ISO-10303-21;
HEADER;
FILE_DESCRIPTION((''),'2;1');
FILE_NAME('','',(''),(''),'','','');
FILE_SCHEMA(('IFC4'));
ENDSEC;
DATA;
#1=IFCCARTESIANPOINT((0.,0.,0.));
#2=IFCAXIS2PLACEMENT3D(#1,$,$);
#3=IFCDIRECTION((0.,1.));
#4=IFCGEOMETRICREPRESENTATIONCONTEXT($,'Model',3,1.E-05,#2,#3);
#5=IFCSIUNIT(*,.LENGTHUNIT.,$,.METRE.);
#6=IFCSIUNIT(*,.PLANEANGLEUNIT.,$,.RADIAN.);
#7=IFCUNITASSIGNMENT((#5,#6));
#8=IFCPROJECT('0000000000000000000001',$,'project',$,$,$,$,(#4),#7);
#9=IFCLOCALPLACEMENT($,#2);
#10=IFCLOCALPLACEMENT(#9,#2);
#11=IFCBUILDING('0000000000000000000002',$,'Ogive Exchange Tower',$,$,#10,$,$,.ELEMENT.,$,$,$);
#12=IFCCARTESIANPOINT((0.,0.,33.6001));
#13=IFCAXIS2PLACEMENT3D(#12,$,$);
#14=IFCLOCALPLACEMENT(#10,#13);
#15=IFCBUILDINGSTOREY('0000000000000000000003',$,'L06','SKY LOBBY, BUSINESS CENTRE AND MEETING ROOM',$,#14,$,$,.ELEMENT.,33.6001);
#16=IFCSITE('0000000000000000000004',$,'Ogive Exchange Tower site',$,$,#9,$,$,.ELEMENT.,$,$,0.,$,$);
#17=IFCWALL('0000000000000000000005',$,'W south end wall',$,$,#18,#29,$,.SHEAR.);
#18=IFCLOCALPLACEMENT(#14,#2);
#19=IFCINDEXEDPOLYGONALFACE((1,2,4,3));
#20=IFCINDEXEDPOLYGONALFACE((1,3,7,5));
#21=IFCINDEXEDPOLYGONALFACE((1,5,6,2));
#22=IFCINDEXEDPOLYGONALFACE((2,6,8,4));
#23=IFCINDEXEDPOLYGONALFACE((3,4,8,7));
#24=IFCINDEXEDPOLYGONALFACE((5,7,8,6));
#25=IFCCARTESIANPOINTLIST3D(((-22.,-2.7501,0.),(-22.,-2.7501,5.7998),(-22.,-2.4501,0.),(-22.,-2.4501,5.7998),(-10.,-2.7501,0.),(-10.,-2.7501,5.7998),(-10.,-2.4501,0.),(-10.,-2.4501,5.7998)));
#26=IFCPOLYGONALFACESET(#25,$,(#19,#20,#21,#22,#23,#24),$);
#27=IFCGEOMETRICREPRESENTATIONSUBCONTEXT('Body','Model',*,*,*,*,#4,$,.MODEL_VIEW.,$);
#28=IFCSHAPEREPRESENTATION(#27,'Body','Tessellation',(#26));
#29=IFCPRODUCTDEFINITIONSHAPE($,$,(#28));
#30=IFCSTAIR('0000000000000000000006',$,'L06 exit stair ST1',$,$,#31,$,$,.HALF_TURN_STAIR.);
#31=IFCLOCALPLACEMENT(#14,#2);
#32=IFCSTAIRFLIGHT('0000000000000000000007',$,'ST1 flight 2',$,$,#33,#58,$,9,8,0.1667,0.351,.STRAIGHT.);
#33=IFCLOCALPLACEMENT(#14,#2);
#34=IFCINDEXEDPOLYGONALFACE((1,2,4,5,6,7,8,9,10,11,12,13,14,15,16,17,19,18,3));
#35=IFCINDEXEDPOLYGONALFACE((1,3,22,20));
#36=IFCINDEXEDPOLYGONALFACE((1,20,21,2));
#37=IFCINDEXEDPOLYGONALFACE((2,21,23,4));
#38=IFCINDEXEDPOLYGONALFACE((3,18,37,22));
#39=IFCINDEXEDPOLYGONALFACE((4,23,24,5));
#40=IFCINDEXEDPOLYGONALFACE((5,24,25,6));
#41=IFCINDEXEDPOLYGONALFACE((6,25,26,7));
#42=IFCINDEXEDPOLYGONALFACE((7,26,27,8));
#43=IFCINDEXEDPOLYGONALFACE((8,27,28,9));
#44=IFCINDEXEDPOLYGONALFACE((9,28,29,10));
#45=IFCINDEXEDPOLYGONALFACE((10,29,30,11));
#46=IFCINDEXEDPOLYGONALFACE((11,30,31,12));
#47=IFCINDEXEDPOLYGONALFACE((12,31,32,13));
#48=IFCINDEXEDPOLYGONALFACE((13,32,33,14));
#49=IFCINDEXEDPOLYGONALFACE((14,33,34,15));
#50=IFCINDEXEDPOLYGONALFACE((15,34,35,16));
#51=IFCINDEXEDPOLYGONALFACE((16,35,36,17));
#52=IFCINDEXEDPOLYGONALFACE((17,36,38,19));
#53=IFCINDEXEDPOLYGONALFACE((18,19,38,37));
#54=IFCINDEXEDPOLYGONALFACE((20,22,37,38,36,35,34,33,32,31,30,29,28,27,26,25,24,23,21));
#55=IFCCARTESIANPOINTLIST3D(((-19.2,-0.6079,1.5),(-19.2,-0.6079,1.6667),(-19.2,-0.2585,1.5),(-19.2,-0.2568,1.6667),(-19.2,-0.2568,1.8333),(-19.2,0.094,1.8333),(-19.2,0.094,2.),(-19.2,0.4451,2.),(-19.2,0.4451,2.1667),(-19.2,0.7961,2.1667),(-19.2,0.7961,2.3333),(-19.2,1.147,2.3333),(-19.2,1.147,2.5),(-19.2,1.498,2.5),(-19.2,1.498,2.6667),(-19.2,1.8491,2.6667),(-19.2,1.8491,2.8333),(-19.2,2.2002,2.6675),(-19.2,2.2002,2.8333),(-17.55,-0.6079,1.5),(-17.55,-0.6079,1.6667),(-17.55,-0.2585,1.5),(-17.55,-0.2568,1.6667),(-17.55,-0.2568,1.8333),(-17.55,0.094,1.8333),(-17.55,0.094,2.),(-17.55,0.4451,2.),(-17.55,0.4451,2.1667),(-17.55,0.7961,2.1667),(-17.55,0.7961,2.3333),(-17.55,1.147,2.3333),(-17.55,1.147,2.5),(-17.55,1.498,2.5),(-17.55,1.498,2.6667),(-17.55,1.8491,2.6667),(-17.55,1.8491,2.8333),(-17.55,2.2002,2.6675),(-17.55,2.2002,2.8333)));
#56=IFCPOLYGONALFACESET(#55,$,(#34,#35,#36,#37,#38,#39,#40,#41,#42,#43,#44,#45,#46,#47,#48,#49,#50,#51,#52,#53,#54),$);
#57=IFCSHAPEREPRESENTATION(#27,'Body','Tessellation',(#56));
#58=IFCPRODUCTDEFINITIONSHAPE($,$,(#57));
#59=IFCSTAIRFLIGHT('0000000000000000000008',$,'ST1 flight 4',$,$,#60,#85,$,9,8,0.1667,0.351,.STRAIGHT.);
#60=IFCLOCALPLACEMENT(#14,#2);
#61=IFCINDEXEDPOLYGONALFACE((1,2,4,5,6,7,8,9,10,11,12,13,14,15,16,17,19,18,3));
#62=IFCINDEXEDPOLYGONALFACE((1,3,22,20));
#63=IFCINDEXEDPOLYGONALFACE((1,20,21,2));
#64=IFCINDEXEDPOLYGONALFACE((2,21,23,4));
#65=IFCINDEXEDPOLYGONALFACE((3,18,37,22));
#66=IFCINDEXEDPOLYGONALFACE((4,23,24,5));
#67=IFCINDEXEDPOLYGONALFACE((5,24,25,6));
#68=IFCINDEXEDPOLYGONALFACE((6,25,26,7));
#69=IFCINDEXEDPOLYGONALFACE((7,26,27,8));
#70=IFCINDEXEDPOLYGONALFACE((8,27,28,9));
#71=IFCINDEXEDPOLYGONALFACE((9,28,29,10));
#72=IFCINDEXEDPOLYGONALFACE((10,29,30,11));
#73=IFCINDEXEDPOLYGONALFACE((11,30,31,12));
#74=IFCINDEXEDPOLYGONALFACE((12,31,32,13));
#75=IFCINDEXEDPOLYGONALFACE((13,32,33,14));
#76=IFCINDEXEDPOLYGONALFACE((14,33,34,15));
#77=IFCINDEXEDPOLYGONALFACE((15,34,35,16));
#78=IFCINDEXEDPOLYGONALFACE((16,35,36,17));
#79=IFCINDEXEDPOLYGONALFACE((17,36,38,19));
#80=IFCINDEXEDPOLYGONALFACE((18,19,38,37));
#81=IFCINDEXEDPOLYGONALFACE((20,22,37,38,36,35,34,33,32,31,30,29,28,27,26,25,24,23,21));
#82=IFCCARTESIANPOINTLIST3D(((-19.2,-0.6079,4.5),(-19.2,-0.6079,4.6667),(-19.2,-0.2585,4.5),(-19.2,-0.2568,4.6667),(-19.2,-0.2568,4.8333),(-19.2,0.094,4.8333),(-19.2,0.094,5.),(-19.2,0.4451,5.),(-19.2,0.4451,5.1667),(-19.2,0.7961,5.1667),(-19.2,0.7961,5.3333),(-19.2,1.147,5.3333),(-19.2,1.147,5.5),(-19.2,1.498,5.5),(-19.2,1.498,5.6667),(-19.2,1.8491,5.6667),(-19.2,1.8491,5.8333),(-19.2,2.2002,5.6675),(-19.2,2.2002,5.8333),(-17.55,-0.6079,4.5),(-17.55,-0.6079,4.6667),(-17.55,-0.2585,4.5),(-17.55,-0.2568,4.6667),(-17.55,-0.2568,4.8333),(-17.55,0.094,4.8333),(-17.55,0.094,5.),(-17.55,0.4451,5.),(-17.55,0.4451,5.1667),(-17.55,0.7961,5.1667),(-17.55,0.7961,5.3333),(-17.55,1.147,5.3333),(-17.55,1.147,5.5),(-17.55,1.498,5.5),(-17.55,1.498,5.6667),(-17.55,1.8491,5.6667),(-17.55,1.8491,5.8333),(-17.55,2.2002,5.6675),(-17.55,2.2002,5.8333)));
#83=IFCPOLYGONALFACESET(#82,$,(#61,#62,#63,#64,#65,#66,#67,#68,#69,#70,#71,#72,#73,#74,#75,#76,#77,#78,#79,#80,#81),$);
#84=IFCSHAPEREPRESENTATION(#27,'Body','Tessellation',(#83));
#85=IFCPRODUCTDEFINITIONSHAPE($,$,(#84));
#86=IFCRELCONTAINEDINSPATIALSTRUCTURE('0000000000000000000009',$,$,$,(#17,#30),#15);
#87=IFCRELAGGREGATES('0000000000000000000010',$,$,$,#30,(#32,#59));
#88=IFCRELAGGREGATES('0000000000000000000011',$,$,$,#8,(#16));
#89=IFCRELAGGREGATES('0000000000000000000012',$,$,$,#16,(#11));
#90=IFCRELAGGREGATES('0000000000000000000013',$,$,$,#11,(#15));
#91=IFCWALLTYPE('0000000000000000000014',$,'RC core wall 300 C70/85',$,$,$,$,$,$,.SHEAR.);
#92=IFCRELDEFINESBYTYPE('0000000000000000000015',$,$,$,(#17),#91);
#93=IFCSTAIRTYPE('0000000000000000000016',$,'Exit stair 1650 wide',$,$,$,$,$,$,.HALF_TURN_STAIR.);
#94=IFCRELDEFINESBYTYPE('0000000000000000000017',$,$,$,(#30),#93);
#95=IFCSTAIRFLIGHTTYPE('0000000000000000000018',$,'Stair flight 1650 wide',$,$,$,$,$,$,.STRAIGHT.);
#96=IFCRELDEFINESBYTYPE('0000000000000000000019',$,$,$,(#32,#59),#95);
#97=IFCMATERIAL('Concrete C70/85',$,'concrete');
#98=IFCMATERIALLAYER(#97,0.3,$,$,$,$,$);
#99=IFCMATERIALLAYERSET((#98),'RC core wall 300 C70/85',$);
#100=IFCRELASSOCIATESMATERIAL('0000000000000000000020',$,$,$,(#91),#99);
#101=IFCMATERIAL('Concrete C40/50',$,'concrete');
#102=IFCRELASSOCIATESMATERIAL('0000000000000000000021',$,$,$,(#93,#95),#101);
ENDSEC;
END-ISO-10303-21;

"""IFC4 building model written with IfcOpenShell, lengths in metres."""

from ifc_helpers import new_model, si_unit, direction, frame, frame_2d, origin, place, context, subcontext, project, spatial, polyline, rectangle, outline, extrude, material, layer, layer_set, type_object, element, aggregate, save


model = new_model("IFC4")

# Units and contexts
model_context = context("Model", 3, precision=1e-05, world=origin(), true_north=direction((0.0, 1.0)))
body_context = subcontext(model_context, "Body", "Model", "MODEL_VIEW")
ifc_project = project(units=[si_unit("LENGTHUNIT", "METRE"), si_unit("PLANEANGLEUNIT", "RADIAN")], contexts=[model_context])

# Site, building, storey
site_placement = place(None, origin())
site = spatial("IfcSite", under=ifc_project, at=site_placement, Name="Ogive Exchange Tower site", CompositionType="ELEMENT", RefElevation=0.0)
building_placement = place(site_placement, origin())
building = spatial("IfcBuilding", under=site, at=building_placement, Name="Ogive Exchange Tower", CompositionType="ELEMENT")
storey_placement = place(building_placement, frame((0.0, 0.0, 33.6001)))
storey = spatial("IfcBuildingStorey", under=building, at=storey_placement, Name="L06", Description="SKY LOBBY, BUSINESS CENTRE AND MEETING ROOM", CompositionType="ELEMENT", Elevation=33.6001)

# Shared definitions
ifc_material_1 = material(Name="Concrete C70/85", Category="concrete")

# Wall
ifc_layer_1 = layer(ifc_material_1, 0.3)
ifc_layer_set_1 = layer_set([ifc_layer_1], Name="RC core wall 300 C70/85")
wall_type_1 = type_object("IfcWallType", Name="RC core wall 300 C70/85", PredefinedType="SHEAR", material=ifc_layer_set_1)
wall_1_placement = place(storey_placement, frame((-22.0, -2.6001, 0.0), z_axis=(0.0, 0.0, 1.0), x_axis=(1.0, 0.0, 0.0)))
element("IfcWall", 1, at=wall_1_placement, inside=storey, type_object=wall_type_1, Name="W south end wall", PredefinedType="SHEAR", context=body_context, shape_type="SweptSolid", body=[
    extrude(rectangle(XDim=12.0, YDim=0.3, at=frame_2d((6.0, 0.0))), origin(), (0.0, 0.0, 1.0), 5.7998),
])

# Stair, stair flights
ifc_material_2 = material(Name="Concrete C40/50", Category="concrete")
stair_type = type_object("IfcStairType", Name="Exit stair 1650 wide", PredefinedType="HALF_TURN_STAIR", material=ifc_material_2)
stair_placement = place(storey_placement, origin())
stair = element("IfcStair", 2, at=stair_placement, inside=storey, type_object=stair_type, Name="L06 exit stair ST1", PredefinedType="HALF_TURN_STAIR")
stair_flight_type = type_object("IfcStairFlightType", Name="Stair flight 1650 wide", PredefinedType="STRAIGHT", material=ifc_material_2)
stair_flight_1_placement = place(storey_placement, frame((-18.375, -0.6079, 1.5), z_axis=(0.0, 0.0, 1.0), x_axis=(0.0, 1.0, 0.0)))
stair_flight_1 = element("IfcStairFlight", 3, at=stair_flight_1_placement, type_object=stair_flight_type, Name="ST1 flight 2", NumberOfRisers=9, NumberOfTreads=8, PredefinedType="STRAIGHT", RiserHeight=0.1667, TreadLength=0.351, context=body_context, shape_type="SweptSolid", body=[
    extrude(outline(polyline([(0.0, 0.0), (0.0, 0.1667), (0.3511, 0.1667), (0.3511, 0.3333), (0.7019, 0.3333), (0.7019, 0.5), (1.053, 0.5), (1.053, 0.6667), (1.4041, 0.6667), (1.4041, 0.8333), (1.7549, 0.8333), (1.7549, 1.0), (2.106, 1.0), (2.106, 1.1667), (2.457, 1.1667), (2.457, 1.3333), (2.8081, 1.3333), (2.8081, 1.5), (2.8081, 1.1675), (0.3494, 0.0), (0.0, 0.0)])), frame((0.0, 0.825, 0.0), z_axis=(0.0, -1.0, 0.0), x_axis=(1.0, 0.0, 0.0)), (0.0, 0.0, 1.0), 1.6499),
])
stair_flight_2_placement = place(storey_placement, frame((-18.375, -0.6079, 4.5), z_axis=(0.0, 0.0, 1.0), x_axis=(0.0, 1.0, 0.0)))
stair_flight_2 = element("IfcStairFlight", 4, at=stair_flight_2_placement, type_object=stair_flight_type, Name="ST1 flight 4", NumberOfRisers=9, NumberOfTreads=8, PredefinedType="STRAIGHT", RiserHeight=0.1667, TreadLength=0.351, context=body_context, shape_type="SweptSolid", body=[
    extrude(outline(polyline([(0.0, 0.0), (0.0, 0.1667), (0.3511, 0.1667), (0.3511, 0.3333), (0.7019, 0.3333), (0.7019, 0.5), (1.053, 0.5), (1.053, 0.6667), (1.4041, 0.6667), (1.4041, 0.8333), (1.7549, 0.8333), (1.7549, 1.0), (2.106, 1.0), (2.106, 1.1667), (2.457, 1.1667), (2.457, 1.3333), (2.8081, 1.3333), (2.8081, 1.5), (2.8081, 1.1675), (0.3494, 0.0), (0.0, 0.0)])), frame((0.0, 0.825, 0.0), z_axis=(0.0, -1.0, 0.0), x_axis=(1.0, 0.0, 0.0)), (0.0, 0.0, 1.0), 1.6499),
])
aggregate(stair, [stair_flight_1, stair_flight_2])

save(model, "model.ifc")
